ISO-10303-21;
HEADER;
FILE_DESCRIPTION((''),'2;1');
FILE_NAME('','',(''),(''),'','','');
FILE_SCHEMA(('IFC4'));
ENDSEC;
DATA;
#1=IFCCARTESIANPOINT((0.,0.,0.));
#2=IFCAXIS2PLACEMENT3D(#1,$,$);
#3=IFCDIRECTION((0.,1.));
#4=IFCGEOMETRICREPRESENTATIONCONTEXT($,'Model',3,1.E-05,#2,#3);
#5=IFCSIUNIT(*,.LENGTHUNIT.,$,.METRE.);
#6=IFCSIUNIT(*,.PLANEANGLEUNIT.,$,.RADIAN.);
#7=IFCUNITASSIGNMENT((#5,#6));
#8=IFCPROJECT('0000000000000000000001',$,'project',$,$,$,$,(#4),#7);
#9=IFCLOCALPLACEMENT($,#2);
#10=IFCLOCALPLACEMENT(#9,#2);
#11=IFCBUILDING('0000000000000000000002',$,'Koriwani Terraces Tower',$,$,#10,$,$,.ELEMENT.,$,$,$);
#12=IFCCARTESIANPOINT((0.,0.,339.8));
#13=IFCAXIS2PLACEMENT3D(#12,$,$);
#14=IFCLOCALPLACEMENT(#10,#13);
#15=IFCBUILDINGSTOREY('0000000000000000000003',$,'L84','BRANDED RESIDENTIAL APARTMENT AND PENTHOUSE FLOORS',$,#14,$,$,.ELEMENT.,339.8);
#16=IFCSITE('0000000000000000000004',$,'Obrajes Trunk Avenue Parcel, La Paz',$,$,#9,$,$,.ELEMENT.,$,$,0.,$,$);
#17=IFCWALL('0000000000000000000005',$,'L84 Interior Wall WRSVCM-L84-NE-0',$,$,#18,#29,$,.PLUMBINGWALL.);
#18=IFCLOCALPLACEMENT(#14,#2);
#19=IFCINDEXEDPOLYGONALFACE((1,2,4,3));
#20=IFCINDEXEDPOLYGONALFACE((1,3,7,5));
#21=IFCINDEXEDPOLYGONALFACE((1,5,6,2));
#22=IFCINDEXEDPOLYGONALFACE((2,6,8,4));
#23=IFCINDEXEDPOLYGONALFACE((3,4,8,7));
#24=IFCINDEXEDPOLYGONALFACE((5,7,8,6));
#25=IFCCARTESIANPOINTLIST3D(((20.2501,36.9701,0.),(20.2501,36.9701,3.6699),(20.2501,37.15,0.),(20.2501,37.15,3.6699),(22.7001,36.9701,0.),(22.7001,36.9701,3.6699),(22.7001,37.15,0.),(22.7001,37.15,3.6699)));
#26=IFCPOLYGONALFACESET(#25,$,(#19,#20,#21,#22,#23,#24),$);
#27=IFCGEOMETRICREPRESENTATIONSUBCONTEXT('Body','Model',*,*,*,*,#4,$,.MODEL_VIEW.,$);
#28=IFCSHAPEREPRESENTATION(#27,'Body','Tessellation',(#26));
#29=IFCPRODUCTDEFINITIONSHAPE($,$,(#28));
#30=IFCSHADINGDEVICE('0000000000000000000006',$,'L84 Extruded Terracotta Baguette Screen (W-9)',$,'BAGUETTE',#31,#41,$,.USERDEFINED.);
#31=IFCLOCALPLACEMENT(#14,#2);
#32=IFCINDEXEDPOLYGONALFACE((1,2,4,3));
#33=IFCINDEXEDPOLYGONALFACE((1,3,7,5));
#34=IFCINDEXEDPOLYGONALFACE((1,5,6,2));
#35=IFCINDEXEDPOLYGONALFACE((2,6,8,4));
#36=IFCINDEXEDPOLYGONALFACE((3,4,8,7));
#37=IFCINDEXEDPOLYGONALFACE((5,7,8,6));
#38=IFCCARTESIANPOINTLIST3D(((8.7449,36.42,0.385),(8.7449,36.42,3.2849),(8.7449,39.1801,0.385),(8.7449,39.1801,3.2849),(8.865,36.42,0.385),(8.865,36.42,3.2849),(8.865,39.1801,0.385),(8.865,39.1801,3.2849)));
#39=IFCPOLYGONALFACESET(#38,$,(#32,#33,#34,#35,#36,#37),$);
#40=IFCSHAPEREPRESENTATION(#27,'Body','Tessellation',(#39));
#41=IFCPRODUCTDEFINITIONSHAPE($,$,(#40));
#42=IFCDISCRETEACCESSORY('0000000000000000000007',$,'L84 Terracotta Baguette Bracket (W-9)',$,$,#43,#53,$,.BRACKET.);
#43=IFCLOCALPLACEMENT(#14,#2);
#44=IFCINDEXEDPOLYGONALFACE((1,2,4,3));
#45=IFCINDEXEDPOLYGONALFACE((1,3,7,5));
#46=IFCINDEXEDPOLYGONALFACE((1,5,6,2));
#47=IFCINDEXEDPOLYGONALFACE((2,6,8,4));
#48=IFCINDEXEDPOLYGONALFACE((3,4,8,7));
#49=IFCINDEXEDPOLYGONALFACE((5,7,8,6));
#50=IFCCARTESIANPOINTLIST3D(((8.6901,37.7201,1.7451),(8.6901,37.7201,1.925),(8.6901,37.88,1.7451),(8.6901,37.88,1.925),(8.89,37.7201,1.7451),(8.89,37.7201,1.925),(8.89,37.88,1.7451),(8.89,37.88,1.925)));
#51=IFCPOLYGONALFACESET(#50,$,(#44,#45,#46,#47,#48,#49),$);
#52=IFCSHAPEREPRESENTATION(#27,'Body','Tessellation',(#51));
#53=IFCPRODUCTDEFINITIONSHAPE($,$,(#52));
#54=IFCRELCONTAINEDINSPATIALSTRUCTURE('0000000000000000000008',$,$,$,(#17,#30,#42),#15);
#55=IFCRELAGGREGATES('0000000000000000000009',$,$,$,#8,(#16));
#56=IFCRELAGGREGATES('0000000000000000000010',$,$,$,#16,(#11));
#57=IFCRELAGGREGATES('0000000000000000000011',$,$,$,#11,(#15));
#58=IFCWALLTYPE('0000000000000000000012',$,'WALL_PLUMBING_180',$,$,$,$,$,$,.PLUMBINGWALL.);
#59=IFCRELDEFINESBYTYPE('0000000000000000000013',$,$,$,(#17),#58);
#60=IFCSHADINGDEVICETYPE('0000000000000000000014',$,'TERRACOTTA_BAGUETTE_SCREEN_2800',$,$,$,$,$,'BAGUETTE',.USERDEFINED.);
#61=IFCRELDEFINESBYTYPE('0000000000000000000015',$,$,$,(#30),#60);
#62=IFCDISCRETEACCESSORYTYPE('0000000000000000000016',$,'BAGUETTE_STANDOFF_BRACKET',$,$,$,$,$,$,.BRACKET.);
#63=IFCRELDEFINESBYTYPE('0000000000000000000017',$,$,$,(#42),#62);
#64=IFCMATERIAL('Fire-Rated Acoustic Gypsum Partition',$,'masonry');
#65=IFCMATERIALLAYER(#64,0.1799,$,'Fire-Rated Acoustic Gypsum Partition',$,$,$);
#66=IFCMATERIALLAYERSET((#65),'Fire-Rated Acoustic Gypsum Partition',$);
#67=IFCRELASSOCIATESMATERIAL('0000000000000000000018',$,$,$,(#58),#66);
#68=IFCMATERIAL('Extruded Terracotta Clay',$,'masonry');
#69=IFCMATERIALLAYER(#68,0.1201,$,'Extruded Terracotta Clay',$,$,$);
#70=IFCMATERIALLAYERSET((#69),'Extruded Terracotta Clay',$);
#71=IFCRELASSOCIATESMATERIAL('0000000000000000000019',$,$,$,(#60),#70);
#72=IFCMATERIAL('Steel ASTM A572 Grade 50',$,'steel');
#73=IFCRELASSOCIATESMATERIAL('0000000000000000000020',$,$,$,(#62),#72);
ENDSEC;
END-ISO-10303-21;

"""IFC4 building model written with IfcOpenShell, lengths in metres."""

from ifc_helpers import new_model, si_unit, direction, frame, frame_2d, origin, origin_2d, place, context, subcontext, project, spatial, rectangle, extrude, material, layer, layer_set, type_object, element, save


model = new_model("IFC4")

# Units and contexts
model_context = context("Model", 3, precision=1e-05, world=origin(), true_north=direction((0.0, 1.0)))
body_context = subcontext(model_context, "Body", "Model", "MODEL_VIEW")
ifc_project = project(units=[si_unit("LENGTHUNIT", "METRE"), si_unit("PLANEANGLEUNIT", "RADIAN")], contexts=[model_context])

# Site, building, storey
site_placement = place(None, origin())
site = spatial("IfcSite", under=ifc_project, at=site_placement, Name="Obrajes Trunk Avenue Parcel, La Paz", CompositionType="ELEMENT", RefElevation=0.0)
building_placement = place(site_placement, origin())
building = spatial("IfcBuilding", under=site, at=building_placement, Name="Koriwani Terraces Tower", CompositionType="ELEMENT")
storey_placement = place(building_placement, frame((0.0, 0.0, 339.8)))
storey = spatial("IfcBuildingStorey", under=building, at=storey_placement, Name="L84", Description="BRANDED RESIDENTIAL APARTMENT AND PENTHOUSE FLOORS", CompositionType="ELEMENT", Elevation=339.8)

# Shared definitions
ifc_material_1 = material(Name="Steel ASTM A572 Grade 50", Category="steel")

# Shared definitions
ifc_material_2 = material(Name="Fire-Rated Acoustic Gypsum Partition", Category="masonry")

# Shared definitions
ifc_layer_1 = layer(ifc_material_2, 0.1799, Name="Fire-Rated Acoustic Gypsum Partition")
ifc_layer_set_1 = layer_set([ifc_layer_1], Name="Fire-Rated Acoustic Gypsum Partition")
wall_type_1 = type_object("IfcWallType", Name="WALL_PLUMBING_180", PredefinedType="PLUMBINGWALL", material=ifc_layer_set_1)

# Wall
for number, where, z_axis, x_axis, name in (
    (1, (20.25, 37.0601, 0.0), (0.0, 0.0, 1.0), (1.0, 0.0, 0.0), "L84 Interior Wall WRSVCM-L84-NE-0"),
):
    element("IfcWall", number, at=place(storey_placement, frame(where, z_axis=z_axis, x_axis=x_axis)), inside=storey, type_object=wall_type_1, Name=name, PredefinedType="PLUMBINGWALL", context=body_context, shape_type="SweptSolid", body=[
        extrude(rectangle(XDim=2.45, YDim=0.1799, at=frame_2d((1.2251, 0.0))), origin(), (0.0, 0.0, 1.0), 3.6699),
    ])

# Shading device
ifc_material_3 = material(Name="Extruded Terracotta Clay", Category="masonry")
ifc_layer_2 = layer(ifc_material_3, 0.1201, Name="Extruded Terracotta Clay")
ifc_layer_set_2 = layer_set([ifc_layer_2], Name="Extruded Terracotta Clay")
shading_device_type = type_object("IfcShadingDeviceType", Name="TERRACOTTA_BAGUETTE_SCREEN_2800", ElementType="BAGUETTE", PredefinedType="USERDEFINED", material=ifc_layer_set_2)
shading_device_placement = place(storey_placement, frame((8.8049, 37.8, 0.385), z_axis=(0.0, 0.0, 1.0), x_axis=(0.0, 1.0, 0.0)))
element("IfcShadingDevice", 2, at=shading_device_placement, inside=storey, type_object=shading_device_type, Name="L84 Extruded Terracotta Baguette Screen (W-9)", ObjectType="BAGUETTE", PredefinedType="USERDEFINED", context=body_context, shape_type="SweptSolid", body=[
    extrude(rectangle(XDim=2.76, YDim=0.1201, at=origin_2d()), origin(), (0.0, 0.0, 1.0), 2.8999),
])

# Discrete accessory
discrete_accessory_type = type_object("IfcDiscreteAccessoryType", Name="BAGUETTE_STANDOFF_BRACKET", PredefinedType="BRACKET", material=ifc_material_1)
discrete_accessory_placement = place(storey_placement, frame((8.79, 37.8, 1.7451), z_axis=(0.0, 0.0, 1.0), x_axis=(0.0, 1.0, 0.0)))
element("IfcDiscreteAccessory", 3, at=discrete_accessory_placement, inside=storey, type_object=discrete_accessory_type, Name="L84 Terracotta Baguette Bracket (W-9)", PredefinedType="BRACKET", context=body_context, shape_type="SweptSolid", body=[
    extrude(rectangle(XDim=0.1599, YDim=0.2, at=origin_2d()), origin(), (0.0, 0.0, 1.0), 0.1799),
])

save(model, "model.ifc")
